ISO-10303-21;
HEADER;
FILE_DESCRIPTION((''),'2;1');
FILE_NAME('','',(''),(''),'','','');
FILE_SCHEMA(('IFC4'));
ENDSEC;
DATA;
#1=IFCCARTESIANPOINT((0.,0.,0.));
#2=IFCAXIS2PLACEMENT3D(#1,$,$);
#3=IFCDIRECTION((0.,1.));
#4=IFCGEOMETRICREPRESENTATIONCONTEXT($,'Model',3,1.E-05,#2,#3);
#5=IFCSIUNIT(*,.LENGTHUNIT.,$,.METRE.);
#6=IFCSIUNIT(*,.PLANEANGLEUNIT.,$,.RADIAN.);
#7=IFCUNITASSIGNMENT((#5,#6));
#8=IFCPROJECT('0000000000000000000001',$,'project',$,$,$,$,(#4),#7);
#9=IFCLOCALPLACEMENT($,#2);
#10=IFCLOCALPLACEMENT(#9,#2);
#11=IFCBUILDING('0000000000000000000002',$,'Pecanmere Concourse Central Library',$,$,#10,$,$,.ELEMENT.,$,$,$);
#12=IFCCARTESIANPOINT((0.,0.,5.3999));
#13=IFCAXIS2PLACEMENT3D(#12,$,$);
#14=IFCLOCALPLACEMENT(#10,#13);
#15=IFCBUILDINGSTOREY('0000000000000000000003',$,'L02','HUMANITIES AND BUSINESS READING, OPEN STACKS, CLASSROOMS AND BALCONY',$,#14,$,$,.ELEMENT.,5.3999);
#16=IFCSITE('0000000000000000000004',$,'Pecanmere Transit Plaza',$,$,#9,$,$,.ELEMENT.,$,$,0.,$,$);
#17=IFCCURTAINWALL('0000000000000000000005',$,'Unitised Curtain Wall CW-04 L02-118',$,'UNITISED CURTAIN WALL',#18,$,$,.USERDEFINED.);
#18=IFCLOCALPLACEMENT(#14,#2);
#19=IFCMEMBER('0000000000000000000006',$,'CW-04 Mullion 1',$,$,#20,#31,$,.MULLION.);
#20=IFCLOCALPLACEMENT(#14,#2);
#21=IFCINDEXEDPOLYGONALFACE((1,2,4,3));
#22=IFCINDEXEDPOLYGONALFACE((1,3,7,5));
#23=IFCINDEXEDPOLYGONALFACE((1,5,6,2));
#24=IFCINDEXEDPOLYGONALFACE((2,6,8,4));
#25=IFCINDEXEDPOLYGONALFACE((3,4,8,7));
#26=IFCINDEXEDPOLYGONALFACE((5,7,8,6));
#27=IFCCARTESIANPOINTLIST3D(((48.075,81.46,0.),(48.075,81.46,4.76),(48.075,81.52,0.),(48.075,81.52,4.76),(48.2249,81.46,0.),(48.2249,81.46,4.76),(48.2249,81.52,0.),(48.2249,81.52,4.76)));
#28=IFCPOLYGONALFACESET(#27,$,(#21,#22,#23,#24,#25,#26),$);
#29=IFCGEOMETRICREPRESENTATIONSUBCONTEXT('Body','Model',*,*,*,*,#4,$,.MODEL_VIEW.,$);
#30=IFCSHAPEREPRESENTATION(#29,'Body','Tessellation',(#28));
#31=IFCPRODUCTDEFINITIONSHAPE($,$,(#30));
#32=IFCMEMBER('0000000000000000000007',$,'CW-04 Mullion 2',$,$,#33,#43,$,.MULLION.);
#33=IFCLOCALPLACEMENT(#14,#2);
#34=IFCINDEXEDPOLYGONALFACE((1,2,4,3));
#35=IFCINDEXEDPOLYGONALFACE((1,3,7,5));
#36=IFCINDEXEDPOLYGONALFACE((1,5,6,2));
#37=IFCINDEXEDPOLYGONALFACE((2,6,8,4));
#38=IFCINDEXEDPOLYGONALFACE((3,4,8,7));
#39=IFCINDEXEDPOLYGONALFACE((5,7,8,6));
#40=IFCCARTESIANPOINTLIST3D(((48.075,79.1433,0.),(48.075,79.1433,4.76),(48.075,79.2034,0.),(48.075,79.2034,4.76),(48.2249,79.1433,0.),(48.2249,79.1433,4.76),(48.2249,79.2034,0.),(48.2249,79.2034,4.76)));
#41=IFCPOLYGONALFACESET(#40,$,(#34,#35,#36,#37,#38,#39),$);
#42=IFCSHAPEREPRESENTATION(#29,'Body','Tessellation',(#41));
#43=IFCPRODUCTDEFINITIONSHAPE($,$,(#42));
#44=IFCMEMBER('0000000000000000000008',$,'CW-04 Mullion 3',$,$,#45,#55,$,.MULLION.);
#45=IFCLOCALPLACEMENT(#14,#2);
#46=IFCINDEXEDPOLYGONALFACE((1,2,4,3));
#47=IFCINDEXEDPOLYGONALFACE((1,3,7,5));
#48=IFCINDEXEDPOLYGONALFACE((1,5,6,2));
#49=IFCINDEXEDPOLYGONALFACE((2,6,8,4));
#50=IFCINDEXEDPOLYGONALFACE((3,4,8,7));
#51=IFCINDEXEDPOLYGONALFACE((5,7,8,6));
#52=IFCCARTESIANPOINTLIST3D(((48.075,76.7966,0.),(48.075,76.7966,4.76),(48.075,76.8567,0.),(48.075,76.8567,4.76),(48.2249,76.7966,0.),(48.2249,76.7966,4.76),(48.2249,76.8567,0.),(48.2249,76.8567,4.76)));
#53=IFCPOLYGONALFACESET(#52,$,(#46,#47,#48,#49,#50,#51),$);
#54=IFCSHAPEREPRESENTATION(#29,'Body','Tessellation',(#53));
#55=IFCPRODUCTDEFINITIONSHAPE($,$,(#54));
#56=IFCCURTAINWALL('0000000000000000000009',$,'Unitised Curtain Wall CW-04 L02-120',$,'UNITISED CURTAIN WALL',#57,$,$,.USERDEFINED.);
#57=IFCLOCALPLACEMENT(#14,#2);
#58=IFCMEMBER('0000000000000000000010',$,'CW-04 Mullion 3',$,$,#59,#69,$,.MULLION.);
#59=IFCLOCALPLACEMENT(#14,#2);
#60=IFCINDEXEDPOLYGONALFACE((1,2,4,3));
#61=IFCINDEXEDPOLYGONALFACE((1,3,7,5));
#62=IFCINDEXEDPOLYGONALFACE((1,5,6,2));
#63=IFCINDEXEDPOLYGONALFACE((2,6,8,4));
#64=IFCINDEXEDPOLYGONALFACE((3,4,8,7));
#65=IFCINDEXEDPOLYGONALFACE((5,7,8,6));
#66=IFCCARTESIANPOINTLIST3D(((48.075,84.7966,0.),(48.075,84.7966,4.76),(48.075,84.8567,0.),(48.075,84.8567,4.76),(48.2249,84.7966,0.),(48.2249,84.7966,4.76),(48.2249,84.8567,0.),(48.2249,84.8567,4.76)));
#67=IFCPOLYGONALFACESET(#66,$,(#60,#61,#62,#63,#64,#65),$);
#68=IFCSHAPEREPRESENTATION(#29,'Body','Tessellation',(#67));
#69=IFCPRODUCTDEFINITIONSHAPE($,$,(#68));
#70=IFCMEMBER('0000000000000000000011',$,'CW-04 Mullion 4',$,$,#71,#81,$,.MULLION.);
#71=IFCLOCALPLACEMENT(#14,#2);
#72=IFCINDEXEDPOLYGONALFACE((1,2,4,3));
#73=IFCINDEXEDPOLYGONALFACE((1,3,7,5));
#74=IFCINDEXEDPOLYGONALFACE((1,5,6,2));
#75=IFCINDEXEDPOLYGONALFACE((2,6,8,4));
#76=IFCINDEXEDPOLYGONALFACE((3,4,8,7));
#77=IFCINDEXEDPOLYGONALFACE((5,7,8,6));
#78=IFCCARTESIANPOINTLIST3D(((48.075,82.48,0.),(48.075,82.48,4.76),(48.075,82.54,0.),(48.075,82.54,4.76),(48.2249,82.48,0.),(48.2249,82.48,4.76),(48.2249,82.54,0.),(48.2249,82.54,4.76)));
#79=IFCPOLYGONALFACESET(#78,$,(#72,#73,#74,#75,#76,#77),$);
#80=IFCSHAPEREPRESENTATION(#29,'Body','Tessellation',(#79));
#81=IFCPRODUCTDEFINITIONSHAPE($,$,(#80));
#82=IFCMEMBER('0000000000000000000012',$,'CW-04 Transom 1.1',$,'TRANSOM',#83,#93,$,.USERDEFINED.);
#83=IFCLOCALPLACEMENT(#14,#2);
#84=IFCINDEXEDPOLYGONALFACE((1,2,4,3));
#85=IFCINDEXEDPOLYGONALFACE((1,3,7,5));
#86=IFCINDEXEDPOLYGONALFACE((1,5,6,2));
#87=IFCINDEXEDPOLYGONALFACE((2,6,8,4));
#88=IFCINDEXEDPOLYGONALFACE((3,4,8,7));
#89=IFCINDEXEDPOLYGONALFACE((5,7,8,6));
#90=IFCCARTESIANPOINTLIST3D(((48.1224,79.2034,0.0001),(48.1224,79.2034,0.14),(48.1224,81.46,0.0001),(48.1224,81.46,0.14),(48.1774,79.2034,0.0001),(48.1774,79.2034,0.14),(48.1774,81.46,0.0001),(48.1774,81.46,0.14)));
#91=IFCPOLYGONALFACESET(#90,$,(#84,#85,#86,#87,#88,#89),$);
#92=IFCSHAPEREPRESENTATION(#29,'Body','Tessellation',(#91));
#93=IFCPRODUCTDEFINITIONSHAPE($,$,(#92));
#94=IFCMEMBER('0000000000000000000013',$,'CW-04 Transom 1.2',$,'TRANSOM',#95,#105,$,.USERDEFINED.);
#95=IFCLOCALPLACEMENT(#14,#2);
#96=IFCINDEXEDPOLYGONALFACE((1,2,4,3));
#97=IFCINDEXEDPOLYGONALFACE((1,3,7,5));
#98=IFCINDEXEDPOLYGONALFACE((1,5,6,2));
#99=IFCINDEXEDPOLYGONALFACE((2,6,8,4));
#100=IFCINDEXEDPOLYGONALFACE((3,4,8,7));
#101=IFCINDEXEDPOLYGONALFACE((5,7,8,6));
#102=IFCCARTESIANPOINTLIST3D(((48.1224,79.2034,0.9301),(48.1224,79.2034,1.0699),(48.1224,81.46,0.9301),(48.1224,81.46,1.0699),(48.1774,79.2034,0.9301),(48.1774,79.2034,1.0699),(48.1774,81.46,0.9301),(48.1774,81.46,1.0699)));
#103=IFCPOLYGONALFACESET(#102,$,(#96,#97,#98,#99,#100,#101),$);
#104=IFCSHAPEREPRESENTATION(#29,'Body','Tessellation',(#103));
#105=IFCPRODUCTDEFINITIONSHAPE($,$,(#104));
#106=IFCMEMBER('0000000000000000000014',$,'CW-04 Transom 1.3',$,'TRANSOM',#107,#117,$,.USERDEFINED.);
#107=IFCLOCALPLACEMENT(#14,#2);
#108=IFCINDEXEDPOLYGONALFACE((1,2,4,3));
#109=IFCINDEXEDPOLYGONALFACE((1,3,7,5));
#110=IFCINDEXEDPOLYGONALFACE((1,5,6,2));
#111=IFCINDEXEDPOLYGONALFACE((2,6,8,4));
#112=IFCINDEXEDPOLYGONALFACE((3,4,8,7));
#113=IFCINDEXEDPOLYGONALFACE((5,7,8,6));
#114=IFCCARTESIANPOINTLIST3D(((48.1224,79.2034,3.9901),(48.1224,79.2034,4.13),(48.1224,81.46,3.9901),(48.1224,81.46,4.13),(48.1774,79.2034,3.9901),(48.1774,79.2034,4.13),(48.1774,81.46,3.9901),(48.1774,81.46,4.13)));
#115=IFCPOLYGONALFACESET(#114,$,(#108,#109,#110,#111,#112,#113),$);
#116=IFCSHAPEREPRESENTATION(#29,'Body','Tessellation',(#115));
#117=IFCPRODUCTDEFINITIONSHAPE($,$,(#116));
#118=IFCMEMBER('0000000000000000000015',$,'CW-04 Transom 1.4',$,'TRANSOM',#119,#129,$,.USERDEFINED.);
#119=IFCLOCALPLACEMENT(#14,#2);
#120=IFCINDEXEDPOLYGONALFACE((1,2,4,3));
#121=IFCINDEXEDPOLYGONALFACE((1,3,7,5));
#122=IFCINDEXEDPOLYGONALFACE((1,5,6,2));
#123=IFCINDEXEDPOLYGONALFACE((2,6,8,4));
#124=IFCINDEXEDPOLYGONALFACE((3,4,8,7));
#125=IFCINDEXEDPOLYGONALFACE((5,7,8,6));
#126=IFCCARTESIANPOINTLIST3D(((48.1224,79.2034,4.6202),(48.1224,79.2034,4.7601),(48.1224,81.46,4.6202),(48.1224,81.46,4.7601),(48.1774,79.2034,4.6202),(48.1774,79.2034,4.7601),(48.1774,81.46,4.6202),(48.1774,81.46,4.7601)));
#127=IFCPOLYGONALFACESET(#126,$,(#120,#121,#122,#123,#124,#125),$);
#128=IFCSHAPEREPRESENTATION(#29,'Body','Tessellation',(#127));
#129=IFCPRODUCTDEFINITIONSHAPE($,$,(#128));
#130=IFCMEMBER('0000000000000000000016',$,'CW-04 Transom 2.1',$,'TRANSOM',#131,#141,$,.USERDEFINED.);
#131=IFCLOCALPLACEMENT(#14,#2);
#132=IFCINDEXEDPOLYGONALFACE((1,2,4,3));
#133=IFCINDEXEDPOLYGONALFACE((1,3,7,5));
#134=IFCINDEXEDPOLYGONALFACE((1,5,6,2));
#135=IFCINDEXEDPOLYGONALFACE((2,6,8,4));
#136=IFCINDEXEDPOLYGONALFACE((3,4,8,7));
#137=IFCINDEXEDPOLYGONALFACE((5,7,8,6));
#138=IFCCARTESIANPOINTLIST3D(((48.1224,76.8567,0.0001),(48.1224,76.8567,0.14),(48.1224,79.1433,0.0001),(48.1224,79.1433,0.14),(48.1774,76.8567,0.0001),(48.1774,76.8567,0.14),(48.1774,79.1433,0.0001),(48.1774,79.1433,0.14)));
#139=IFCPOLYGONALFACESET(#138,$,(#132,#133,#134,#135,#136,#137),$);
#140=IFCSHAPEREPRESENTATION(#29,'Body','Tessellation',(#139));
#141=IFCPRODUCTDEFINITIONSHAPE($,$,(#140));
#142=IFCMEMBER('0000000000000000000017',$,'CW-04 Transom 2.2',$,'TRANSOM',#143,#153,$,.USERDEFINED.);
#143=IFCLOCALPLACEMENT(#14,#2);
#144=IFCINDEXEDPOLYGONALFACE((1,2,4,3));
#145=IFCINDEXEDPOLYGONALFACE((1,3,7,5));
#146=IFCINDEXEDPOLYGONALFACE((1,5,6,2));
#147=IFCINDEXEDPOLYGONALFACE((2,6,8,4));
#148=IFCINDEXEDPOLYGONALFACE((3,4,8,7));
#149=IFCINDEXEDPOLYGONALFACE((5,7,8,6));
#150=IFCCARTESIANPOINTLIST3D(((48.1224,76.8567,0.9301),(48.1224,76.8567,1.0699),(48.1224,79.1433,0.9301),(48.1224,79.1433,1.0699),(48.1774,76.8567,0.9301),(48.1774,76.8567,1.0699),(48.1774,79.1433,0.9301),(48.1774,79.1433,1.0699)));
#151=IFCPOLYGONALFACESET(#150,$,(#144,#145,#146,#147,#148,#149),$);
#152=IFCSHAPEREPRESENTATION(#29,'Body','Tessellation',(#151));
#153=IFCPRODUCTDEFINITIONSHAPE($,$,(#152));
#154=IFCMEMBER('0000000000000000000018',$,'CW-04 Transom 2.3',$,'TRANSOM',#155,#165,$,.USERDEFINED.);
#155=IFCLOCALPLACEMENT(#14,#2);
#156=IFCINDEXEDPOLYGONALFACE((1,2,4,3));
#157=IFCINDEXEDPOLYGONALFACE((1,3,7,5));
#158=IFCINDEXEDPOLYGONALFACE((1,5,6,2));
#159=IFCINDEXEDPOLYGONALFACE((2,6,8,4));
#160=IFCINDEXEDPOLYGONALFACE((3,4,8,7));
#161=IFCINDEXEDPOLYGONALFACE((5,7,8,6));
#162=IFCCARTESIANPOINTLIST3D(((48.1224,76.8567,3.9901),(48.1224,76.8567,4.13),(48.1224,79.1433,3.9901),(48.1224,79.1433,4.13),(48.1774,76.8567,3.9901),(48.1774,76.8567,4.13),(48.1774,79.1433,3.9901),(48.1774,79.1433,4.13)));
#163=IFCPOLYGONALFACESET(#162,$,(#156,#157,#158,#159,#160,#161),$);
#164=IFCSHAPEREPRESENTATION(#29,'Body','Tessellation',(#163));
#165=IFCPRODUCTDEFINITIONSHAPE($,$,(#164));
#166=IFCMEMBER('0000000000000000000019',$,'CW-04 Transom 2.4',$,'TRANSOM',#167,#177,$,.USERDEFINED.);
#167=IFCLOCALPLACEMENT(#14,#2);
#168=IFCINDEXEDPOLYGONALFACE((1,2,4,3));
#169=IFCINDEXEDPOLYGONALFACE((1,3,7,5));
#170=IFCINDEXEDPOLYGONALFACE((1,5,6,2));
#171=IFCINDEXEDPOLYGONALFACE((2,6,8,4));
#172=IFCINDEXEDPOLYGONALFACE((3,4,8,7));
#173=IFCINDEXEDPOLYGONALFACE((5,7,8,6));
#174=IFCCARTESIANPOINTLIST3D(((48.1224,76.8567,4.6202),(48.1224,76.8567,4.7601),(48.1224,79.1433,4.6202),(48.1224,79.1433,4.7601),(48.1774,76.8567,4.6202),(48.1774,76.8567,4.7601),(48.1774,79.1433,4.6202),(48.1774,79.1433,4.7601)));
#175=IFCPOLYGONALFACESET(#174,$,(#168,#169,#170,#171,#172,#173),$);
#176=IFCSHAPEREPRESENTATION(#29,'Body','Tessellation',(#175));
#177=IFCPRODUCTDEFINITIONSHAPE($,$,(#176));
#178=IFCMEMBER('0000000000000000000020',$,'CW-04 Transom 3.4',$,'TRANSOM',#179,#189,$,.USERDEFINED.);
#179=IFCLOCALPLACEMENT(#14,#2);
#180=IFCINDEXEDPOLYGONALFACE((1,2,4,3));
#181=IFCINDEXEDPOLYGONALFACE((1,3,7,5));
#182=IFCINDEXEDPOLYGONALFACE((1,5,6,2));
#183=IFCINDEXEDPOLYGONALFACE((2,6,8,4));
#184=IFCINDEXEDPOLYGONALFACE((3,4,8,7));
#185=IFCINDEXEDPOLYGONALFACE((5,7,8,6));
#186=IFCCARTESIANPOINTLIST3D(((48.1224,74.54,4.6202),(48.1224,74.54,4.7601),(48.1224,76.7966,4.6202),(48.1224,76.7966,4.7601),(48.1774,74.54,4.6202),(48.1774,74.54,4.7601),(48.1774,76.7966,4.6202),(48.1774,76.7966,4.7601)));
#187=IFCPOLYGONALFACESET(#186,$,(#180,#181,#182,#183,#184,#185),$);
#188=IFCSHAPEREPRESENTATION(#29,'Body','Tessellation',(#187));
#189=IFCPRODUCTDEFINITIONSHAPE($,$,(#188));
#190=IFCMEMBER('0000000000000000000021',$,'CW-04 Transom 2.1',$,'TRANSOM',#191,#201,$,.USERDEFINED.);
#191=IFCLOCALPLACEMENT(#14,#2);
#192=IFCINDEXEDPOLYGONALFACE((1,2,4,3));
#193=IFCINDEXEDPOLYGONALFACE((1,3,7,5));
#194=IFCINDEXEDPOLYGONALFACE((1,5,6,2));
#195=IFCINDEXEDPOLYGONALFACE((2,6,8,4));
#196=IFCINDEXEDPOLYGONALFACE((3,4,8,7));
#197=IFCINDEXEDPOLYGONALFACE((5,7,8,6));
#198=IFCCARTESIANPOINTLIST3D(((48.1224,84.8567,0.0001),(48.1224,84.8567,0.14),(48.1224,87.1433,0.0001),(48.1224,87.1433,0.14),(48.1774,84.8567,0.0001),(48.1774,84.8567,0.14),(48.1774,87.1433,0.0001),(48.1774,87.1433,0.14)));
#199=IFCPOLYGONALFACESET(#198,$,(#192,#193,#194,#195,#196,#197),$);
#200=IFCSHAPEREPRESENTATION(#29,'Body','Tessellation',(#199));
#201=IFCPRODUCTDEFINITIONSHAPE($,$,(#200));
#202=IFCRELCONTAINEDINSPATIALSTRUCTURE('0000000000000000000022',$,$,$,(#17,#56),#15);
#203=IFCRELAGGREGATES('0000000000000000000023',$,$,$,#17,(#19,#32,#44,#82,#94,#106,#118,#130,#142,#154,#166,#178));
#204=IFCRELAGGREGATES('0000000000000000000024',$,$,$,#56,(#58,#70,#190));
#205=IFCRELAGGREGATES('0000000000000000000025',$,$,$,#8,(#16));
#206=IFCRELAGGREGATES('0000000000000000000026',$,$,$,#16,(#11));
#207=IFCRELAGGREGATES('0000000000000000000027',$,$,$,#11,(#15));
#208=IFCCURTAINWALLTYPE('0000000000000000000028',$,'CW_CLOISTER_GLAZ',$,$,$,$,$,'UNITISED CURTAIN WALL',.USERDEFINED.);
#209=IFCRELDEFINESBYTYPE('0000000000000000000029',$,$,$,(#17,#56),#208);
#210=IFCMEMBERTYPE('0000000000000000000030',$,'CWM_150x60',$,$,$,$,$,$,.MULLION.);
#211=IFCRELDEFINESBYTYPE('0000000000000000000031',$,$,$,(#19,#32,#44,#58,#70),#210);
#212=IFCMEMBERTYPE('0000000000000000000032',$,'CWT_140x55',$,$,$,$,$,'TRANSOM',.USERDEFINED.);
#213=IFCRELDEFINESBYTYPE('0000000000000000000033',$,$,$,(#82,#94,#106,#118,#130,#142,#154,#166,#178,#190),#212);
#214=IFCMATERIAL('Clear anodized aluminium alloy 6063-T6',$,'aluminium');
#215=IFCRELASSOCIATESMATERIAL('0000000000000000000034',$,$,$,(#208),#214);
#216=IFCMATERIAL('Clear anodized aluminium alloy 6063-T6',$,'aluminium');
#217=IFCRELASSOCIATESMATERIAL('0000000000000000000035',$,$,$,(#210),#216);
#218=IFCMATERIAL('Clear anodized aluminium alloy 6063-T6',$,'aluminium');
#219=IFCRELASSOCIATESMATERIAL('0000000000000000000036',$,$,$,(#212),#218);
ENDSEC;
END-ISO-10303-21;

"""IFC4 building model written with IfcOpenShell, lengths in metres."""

from ifc_helpers import new_model, si_unit, direction, frame, origin, origin_2d, place, context, subcontext, project, spatial, rectangle, extrude, material, material_profile, profile_set, type_object, element, aggregate, save


model = new_model("IFC4")

# Units and contexts
model_context = context("Model", 3, precision=1e-05, world=origin(), true_north=direction((0.0, 1.0)))
body_context = subcontext(model_context, "Body", "Model", "MODEL_VIEW")
ifc_project = project(units=[si_unit("LENGTHUNIT", "METRE"), si_unit("PLANEANGLEUNIT", "RADIAN")], contexts=[model_context])

# Site, building, storey
site_placement = place(None, origin())
site = spatial("IfcSite", under=ifc_project, at=site_placement, Name="Pecanmere Transit Plaza", CompositionType="ELEMENT", RefElevation=0.0)
building_placement = place(site_placement, origin())
building = spatial("IfcBuilding", under=site, at=building_placement, Name="Pecanmere Concourse Central Library", CompositionType="ELEMENT")
storey_placement = place(building_placement, frame((0.0, 0.0, 5.3999)))
storey = spatial("IfcBuildingStorey", under=building, at=storey_placement, Name="L02", Description="HUMANITIES AND BUSINESS READING, OPEN STACKS, CLASSROOMS AND BALCONY", CompositionType="ELEMENT", Elevation=5.3999)

# Curtain walls, members
ifc_material_1 = material(Name="Clear anodized aluminium alloy 6063-T6", Category="aluminium")
curtain_wall_type = type_object("IfcCurtainWallType", Name="CW_CLOISTER_GLAZ", ElementType="UNITISED CURTAIN WALL", PredefinedType="USERDEFINED", material=ifc_material_1)
curtain_wall_1_placement = place(storey_placement, origin())
curtain_wall_1 = element("IfcCurtainWall", 1, at=curtain_wall_1_placement, inside=storey, type_object=curtain_wall_type, Name="Unitised Curtain Wall CW-04 L02-118", ObjectType="UNITISED CURTAIN WALL", PredefinedType="USERDEFINED")
ifc_material_2 = material(Name="Clear anodized aluminium alloy 6063-T6", Category="aluminium")
ifc_material_profile_1 = material_profile(ifc_material_2, rectangle(XDim=0.0601, YDim=0.1499, at=origin_2d()), Name="AL 60x150")
ifc_profile_set_1 = profile_set([ifc_material_profile_1], Name="Clear anodized aluminium alloy 6063-T6")
member_type_1 = type_object("IfcMemberType", Name="CWM_150x60", PredefinedType="MULLION", material=ifc_profile_set_1)
member_1_placement = place(storey_placement, frame((48.1499, 81.49, 0.0), z_axis=(0.0, 0.0, 1.0), x_axis=(0.0, -1.0, 0.0)))
member_1 = element("IfcMember", 2, at=member_1_placement, type_object=member_type_1, Name="CW-04 Mullion 1", PredefinedType="MULLION", context=body_context, shape_type="SweptSolid", body=[
    extrude(rectangle(XDim=0.0601, YDim=0.1499, at=origin_2d()), origin(), (0.0, 0.0, 1.0), 4.76),
])
member_2_placement = place(storey_placement, frame((48.1499, 79.1733, 0.0), z_axis=(0.0, 0.0, 1.0), x_axis=(0.0, -1.0, 0.0)))
member_2 = element("IfcMember", 3, at=member_2_placement, type_object=member_type_1, Name="CW-04 Mullion 2", PredefinedType="MULLION", context=body_context, shape_type="SweptSolid", body=[
    extrude(rectangle(XDim=0.0601, YDim=0.1499, at=origin_2d()), origin(), (0.0, 0.0, 1.0), 4.76),
])
member_3_placement = place(storey_placement, frame((48.1499, 76.8267, 0.0), z_axis=(0.0, 0.0, 1.0), x_axis=(0.0, -1.0, 0.0)))
member_3 = element("IfcMember", 4, at=member_3_placement, type_object=member_type_1, Name="CW-04 Mullion 3", PredefinedType="MULLION", context=body_context, shape_type="SweptSolid", body=[
    extrude(rectangle(XDim=0.0601, YDim=0.1499, at=origin_2d()), origin(), (0.0, 0.0, 1.0), 4.76),
])
curtain_wall_2_placement = place(storey_placement, origin())
curtain_wall_2 = element("IfcCurtainWall", 5, at=curtain_wall_2_placement, inside=storey, type_object=curtain_wall_type, Name="Unitised Curtain Wall CW-04 L02-120", ObjectType="UNITISED CURTAIN WALL", PredefinedType="USERDEFINED")
member_4_placement = place(storey_placement, frame((48.1499, 84.8267, 0.0), z_axis=(0.0, 0.0, 1.0), x_axis=(0.0, -1.0, 0.0)))
member_4 = element("IfcMember", 6, at=member_4_placement, type_object=member_type_1, Name="CW-04 Mullion 3", PredefinedType="MULLION", context=body_context, shape_type="SweptSolid", body=[
    extrude(rectangle(XDim=0.0601, YDim=0.1499, at=origin_2d()), origin(), (0.0, 0.0, 1.0), 4.76),
])
member_5_placement = place(storey_placement, frame((48.1499, 82.51, 0.0), z_axis=(0.0, 0.0, 1.0), x_axis=(0.0, -1.0, 0.0)))
member_5 = element("IfcMember", 7, at=member_5_placement, type_object=member_type_1, Name="CW-04 Mullion 4", PredefinedType="MULLION", context=body_context, shape_type="SweptSolid", body=[
    extrude(rectangle(XDim=0.0601, YDim=0.1499, at=origin_2d()), origin(), (0.0, 0.0, 1.0), 4.76),
])

# Members
ifc_material_3 = material(Name="Clear anodized aluminium alloy 6063-T6", Category="aluminium")
ifc_material_profile_2 = material_profile(ifc_material_3, rectangle(XDim=0.0549, YDim=0.1399, at=origin_2d()), Name="AL 55x140")
ifc_profile_set_2 = profile_set([ifc_material_profile_2], Name="Clear anodized aluminium alloy 6063-T6")
member_type_2 = type_object("IfcMemberType", Name="CWT_140x55", ElementType="TRANSOM", PredefinedType="USERDEFINED", material=ifc_profile_set_2)
member_6_placement = place(storey_placement, frame((48.1499, 81.46, 0.0701), z_axis=(0.0, -1.0, 0.0), x_axis=(1.0, 0.0, 0.0)))
member_6 = element("IfcMember", 8, at=member_6_placement, type_object=member_type_2, Name="CW-04 Transom 1.1", ObjectType="TRANSOM", PredefinedType="USERDEFINED", context=body_context, shape_type="SweptSolid", body=[
    extrude(rectangle(XDim=0.0549, YDim=0.1399, at=origin_2d()), origin(), (0.0, 0.0, 1.0), 2.2566),
])
member_7_placement = place(storey_placement, frame((48.1499, 81.46, 1.0), z_axis=(0.0, -1.0, 0.0), x_axis=(1.0, 0.0, 0.0)))
member_7 = element("IfcMember", 9, at=member_7_placement, type_object=member_type_2, Name="CW-04 Transom 1.2", ObjectType="TRANSOM", PredefinedType="USERDEFINED", context=body_context, shape_type="SweptSolid", body=[
    extrude(rectangle(XDim=0.0549, YDim=0.1399, at=origin_2d()), origin(), (0.0, 0.0, 1.0), 2.2566),
])
member_8_placement = place(storey_placement, frame((48.1499, 81.46, 4.0601), z_axis=(0.0, -1.0, 0.0), x_axis=(1.0, 0.0, 0.0)))
member_8 = element("IfcMember", 10, at=member_8_placement, type_object=member_type_2, Name="CW-04 Transom 1.3", ObjectType="TRANSOM", PredefinedType="USERDEFINED", context=body_context, shape_type="SweptSolid", body=[
    extrude(rectangle(XDim=0.0549, YDim=0.1399, at=origin_2d()), origin(), (0.0, 0.0, 1.0), 2.2566),
])
member_9_placement = place(storey_placement, frame((48.1499, 81.46, 4.6902), z_axis=(0.0, -1.0, 0.0), x_axis=(1.0, 0.0, 0.0)))
member_9 = element("IfcMember", 11, at=member_9_placement, type_object=member_type_2, Name="CW-04 Transom 1.4", ObjectType="TRANSOM", PredefinedType="USERDEFINED", context=body_context, shape_type="SweptSolid", body=[
    extrude(rectangle(XDim=0.0549, YDim=0.1399, at=origin_2d()), origin(), (0.0, 0.0, 1.0), 2.2566),
])
member_10_placement = place(storey_placement, frame((48.1499, 79.1433, 0.0701), z_axis=(0.0, -1.0, 0.0), x_axis=(1.0, 0.0, 0.0)))
member_10 = element("IfcMember", 12, at=member_10_placement, type_object=member_type_2, Name="CW-04 Transom 2.1", ObjectType="TRANSOM", PredefinedType="USERDEFINED", context=body_context, shape_type="SweptSolid", body=[
    extrude(rectangle(XDim=0.0549, YDim=0.1399, at=origin_2d()), origin(), (0.0, 0.0, 1.0), 2.2866),
])
member_11_placement = place(storey_placement, frame((48.1499, 79.1433, 1.0), z_axis=(0.0, -1.0, 0.0), x_axis=(1.0, 0.0, 0.0)))
member_11 = element("IfcMember", 13, at=member_11_placement, type_object=member_type_2, Name="CW-04 Transom 2.2", ObjectType="TRANSOM", PredefinedType="USERDEFINED", context=body_context, shape_type="SweptSolid", body=[
    extrude(rectangle(XDim=0.0549, YDim=0.1399, at=origin_2d()), origin(), (0.0, 0.0, 1.0), 2.2866),
])
member_12_placement = place(storey_placement, frame((48.1499, 79.1433, 4.0601), z_axis=(0.0, -1.0, 0.0), x_axis=(1.0, 0.0, 0.0)))
member_12 = element("IfcMember", 14, at=member_12_placement, type_object=member_type_2, Name="CW-04 Transom 2.3", ObjectType="TRANSOM", PredefinedType="USERDEFINED", context=body_context, shape_type="SweptSolid", body=[
    extrude(rectangle(XDim=0.0549, YDim=0.1399, at=origin_2d()), origin(), (0.0, 0.0, 1.0), 2.2866),
])
member_13_placement = place(storey_placement, frame((48.1499, 79.1433, 4.6902), z_axis=(0.0, -1.0, 0.0), x_axis=(1.0, 0.0, 0.0)))
member_13 = element("IfcMember", 15, at=member_13_placement, type_object=member_type_2, Name="CW-04 Transom 2.4", ObjectType="TRANSOM", PredefinedType="USERDEFINED", context=body_context, shape_type="SweptSolid", body=[
    extrude(rectangle(XDim=0.0549, YDim=0.1399, at=origin_2d()), origin(), (0.0, 0.0, 1.0), 2.2866),
])
member_14_placement = place(storey_placement, frame((48.1499, 76.7966, 4.6902), z_axis=(0.0, -1.0, 0.0), x_axis=(1.0, 0.0, 0.0)))
member_14 = element("IfcMember", 16, at=member_14_placement, type_object=member_type_2, Name="CW-04 Transom 3.4", ObjectType="TRANSOM", PredefinedType="USERDEFINED", context=body_context, shape_type="SweptSolid", body=[
    extrude(rectangle(XDim=0.0549, YDim=0.1399, at=origin_2d()), origin(), (0.0, 0.0, 1.0), 2.2566),
])
member_15_placement = place(storey_placement, frame((48.1499, 87.1433, 0.0701), z_axis=(0.0, -1.0, 0.0), x_axis=(1.0, 0.0, 0.0)))
member_15 = element("IfcMember", 17, at=member_15_placement, type_object=member_type_2, Name="CW-04 Transom 2.1", ObjectType="TRANSOM", PredefinedType="USERDEFINED", context=body_context, shape_type="SweptSolid", body=[
    extrude(rectangle(XDim=0.0549, YDim=0.1399, at=origin_2d()), origin(), (0.0, 0.0, 1.0), 2.2866),
])

aggregate(curtain_wall_1, [member_1, member_2, member_3, member_6, member_7, member_8, member_9, member_10, member_11, member_12, member_13, member_14])
aggregate(curtain_wall_2, [member_4, member_5, member_15])

save(model, "model.ifc")
